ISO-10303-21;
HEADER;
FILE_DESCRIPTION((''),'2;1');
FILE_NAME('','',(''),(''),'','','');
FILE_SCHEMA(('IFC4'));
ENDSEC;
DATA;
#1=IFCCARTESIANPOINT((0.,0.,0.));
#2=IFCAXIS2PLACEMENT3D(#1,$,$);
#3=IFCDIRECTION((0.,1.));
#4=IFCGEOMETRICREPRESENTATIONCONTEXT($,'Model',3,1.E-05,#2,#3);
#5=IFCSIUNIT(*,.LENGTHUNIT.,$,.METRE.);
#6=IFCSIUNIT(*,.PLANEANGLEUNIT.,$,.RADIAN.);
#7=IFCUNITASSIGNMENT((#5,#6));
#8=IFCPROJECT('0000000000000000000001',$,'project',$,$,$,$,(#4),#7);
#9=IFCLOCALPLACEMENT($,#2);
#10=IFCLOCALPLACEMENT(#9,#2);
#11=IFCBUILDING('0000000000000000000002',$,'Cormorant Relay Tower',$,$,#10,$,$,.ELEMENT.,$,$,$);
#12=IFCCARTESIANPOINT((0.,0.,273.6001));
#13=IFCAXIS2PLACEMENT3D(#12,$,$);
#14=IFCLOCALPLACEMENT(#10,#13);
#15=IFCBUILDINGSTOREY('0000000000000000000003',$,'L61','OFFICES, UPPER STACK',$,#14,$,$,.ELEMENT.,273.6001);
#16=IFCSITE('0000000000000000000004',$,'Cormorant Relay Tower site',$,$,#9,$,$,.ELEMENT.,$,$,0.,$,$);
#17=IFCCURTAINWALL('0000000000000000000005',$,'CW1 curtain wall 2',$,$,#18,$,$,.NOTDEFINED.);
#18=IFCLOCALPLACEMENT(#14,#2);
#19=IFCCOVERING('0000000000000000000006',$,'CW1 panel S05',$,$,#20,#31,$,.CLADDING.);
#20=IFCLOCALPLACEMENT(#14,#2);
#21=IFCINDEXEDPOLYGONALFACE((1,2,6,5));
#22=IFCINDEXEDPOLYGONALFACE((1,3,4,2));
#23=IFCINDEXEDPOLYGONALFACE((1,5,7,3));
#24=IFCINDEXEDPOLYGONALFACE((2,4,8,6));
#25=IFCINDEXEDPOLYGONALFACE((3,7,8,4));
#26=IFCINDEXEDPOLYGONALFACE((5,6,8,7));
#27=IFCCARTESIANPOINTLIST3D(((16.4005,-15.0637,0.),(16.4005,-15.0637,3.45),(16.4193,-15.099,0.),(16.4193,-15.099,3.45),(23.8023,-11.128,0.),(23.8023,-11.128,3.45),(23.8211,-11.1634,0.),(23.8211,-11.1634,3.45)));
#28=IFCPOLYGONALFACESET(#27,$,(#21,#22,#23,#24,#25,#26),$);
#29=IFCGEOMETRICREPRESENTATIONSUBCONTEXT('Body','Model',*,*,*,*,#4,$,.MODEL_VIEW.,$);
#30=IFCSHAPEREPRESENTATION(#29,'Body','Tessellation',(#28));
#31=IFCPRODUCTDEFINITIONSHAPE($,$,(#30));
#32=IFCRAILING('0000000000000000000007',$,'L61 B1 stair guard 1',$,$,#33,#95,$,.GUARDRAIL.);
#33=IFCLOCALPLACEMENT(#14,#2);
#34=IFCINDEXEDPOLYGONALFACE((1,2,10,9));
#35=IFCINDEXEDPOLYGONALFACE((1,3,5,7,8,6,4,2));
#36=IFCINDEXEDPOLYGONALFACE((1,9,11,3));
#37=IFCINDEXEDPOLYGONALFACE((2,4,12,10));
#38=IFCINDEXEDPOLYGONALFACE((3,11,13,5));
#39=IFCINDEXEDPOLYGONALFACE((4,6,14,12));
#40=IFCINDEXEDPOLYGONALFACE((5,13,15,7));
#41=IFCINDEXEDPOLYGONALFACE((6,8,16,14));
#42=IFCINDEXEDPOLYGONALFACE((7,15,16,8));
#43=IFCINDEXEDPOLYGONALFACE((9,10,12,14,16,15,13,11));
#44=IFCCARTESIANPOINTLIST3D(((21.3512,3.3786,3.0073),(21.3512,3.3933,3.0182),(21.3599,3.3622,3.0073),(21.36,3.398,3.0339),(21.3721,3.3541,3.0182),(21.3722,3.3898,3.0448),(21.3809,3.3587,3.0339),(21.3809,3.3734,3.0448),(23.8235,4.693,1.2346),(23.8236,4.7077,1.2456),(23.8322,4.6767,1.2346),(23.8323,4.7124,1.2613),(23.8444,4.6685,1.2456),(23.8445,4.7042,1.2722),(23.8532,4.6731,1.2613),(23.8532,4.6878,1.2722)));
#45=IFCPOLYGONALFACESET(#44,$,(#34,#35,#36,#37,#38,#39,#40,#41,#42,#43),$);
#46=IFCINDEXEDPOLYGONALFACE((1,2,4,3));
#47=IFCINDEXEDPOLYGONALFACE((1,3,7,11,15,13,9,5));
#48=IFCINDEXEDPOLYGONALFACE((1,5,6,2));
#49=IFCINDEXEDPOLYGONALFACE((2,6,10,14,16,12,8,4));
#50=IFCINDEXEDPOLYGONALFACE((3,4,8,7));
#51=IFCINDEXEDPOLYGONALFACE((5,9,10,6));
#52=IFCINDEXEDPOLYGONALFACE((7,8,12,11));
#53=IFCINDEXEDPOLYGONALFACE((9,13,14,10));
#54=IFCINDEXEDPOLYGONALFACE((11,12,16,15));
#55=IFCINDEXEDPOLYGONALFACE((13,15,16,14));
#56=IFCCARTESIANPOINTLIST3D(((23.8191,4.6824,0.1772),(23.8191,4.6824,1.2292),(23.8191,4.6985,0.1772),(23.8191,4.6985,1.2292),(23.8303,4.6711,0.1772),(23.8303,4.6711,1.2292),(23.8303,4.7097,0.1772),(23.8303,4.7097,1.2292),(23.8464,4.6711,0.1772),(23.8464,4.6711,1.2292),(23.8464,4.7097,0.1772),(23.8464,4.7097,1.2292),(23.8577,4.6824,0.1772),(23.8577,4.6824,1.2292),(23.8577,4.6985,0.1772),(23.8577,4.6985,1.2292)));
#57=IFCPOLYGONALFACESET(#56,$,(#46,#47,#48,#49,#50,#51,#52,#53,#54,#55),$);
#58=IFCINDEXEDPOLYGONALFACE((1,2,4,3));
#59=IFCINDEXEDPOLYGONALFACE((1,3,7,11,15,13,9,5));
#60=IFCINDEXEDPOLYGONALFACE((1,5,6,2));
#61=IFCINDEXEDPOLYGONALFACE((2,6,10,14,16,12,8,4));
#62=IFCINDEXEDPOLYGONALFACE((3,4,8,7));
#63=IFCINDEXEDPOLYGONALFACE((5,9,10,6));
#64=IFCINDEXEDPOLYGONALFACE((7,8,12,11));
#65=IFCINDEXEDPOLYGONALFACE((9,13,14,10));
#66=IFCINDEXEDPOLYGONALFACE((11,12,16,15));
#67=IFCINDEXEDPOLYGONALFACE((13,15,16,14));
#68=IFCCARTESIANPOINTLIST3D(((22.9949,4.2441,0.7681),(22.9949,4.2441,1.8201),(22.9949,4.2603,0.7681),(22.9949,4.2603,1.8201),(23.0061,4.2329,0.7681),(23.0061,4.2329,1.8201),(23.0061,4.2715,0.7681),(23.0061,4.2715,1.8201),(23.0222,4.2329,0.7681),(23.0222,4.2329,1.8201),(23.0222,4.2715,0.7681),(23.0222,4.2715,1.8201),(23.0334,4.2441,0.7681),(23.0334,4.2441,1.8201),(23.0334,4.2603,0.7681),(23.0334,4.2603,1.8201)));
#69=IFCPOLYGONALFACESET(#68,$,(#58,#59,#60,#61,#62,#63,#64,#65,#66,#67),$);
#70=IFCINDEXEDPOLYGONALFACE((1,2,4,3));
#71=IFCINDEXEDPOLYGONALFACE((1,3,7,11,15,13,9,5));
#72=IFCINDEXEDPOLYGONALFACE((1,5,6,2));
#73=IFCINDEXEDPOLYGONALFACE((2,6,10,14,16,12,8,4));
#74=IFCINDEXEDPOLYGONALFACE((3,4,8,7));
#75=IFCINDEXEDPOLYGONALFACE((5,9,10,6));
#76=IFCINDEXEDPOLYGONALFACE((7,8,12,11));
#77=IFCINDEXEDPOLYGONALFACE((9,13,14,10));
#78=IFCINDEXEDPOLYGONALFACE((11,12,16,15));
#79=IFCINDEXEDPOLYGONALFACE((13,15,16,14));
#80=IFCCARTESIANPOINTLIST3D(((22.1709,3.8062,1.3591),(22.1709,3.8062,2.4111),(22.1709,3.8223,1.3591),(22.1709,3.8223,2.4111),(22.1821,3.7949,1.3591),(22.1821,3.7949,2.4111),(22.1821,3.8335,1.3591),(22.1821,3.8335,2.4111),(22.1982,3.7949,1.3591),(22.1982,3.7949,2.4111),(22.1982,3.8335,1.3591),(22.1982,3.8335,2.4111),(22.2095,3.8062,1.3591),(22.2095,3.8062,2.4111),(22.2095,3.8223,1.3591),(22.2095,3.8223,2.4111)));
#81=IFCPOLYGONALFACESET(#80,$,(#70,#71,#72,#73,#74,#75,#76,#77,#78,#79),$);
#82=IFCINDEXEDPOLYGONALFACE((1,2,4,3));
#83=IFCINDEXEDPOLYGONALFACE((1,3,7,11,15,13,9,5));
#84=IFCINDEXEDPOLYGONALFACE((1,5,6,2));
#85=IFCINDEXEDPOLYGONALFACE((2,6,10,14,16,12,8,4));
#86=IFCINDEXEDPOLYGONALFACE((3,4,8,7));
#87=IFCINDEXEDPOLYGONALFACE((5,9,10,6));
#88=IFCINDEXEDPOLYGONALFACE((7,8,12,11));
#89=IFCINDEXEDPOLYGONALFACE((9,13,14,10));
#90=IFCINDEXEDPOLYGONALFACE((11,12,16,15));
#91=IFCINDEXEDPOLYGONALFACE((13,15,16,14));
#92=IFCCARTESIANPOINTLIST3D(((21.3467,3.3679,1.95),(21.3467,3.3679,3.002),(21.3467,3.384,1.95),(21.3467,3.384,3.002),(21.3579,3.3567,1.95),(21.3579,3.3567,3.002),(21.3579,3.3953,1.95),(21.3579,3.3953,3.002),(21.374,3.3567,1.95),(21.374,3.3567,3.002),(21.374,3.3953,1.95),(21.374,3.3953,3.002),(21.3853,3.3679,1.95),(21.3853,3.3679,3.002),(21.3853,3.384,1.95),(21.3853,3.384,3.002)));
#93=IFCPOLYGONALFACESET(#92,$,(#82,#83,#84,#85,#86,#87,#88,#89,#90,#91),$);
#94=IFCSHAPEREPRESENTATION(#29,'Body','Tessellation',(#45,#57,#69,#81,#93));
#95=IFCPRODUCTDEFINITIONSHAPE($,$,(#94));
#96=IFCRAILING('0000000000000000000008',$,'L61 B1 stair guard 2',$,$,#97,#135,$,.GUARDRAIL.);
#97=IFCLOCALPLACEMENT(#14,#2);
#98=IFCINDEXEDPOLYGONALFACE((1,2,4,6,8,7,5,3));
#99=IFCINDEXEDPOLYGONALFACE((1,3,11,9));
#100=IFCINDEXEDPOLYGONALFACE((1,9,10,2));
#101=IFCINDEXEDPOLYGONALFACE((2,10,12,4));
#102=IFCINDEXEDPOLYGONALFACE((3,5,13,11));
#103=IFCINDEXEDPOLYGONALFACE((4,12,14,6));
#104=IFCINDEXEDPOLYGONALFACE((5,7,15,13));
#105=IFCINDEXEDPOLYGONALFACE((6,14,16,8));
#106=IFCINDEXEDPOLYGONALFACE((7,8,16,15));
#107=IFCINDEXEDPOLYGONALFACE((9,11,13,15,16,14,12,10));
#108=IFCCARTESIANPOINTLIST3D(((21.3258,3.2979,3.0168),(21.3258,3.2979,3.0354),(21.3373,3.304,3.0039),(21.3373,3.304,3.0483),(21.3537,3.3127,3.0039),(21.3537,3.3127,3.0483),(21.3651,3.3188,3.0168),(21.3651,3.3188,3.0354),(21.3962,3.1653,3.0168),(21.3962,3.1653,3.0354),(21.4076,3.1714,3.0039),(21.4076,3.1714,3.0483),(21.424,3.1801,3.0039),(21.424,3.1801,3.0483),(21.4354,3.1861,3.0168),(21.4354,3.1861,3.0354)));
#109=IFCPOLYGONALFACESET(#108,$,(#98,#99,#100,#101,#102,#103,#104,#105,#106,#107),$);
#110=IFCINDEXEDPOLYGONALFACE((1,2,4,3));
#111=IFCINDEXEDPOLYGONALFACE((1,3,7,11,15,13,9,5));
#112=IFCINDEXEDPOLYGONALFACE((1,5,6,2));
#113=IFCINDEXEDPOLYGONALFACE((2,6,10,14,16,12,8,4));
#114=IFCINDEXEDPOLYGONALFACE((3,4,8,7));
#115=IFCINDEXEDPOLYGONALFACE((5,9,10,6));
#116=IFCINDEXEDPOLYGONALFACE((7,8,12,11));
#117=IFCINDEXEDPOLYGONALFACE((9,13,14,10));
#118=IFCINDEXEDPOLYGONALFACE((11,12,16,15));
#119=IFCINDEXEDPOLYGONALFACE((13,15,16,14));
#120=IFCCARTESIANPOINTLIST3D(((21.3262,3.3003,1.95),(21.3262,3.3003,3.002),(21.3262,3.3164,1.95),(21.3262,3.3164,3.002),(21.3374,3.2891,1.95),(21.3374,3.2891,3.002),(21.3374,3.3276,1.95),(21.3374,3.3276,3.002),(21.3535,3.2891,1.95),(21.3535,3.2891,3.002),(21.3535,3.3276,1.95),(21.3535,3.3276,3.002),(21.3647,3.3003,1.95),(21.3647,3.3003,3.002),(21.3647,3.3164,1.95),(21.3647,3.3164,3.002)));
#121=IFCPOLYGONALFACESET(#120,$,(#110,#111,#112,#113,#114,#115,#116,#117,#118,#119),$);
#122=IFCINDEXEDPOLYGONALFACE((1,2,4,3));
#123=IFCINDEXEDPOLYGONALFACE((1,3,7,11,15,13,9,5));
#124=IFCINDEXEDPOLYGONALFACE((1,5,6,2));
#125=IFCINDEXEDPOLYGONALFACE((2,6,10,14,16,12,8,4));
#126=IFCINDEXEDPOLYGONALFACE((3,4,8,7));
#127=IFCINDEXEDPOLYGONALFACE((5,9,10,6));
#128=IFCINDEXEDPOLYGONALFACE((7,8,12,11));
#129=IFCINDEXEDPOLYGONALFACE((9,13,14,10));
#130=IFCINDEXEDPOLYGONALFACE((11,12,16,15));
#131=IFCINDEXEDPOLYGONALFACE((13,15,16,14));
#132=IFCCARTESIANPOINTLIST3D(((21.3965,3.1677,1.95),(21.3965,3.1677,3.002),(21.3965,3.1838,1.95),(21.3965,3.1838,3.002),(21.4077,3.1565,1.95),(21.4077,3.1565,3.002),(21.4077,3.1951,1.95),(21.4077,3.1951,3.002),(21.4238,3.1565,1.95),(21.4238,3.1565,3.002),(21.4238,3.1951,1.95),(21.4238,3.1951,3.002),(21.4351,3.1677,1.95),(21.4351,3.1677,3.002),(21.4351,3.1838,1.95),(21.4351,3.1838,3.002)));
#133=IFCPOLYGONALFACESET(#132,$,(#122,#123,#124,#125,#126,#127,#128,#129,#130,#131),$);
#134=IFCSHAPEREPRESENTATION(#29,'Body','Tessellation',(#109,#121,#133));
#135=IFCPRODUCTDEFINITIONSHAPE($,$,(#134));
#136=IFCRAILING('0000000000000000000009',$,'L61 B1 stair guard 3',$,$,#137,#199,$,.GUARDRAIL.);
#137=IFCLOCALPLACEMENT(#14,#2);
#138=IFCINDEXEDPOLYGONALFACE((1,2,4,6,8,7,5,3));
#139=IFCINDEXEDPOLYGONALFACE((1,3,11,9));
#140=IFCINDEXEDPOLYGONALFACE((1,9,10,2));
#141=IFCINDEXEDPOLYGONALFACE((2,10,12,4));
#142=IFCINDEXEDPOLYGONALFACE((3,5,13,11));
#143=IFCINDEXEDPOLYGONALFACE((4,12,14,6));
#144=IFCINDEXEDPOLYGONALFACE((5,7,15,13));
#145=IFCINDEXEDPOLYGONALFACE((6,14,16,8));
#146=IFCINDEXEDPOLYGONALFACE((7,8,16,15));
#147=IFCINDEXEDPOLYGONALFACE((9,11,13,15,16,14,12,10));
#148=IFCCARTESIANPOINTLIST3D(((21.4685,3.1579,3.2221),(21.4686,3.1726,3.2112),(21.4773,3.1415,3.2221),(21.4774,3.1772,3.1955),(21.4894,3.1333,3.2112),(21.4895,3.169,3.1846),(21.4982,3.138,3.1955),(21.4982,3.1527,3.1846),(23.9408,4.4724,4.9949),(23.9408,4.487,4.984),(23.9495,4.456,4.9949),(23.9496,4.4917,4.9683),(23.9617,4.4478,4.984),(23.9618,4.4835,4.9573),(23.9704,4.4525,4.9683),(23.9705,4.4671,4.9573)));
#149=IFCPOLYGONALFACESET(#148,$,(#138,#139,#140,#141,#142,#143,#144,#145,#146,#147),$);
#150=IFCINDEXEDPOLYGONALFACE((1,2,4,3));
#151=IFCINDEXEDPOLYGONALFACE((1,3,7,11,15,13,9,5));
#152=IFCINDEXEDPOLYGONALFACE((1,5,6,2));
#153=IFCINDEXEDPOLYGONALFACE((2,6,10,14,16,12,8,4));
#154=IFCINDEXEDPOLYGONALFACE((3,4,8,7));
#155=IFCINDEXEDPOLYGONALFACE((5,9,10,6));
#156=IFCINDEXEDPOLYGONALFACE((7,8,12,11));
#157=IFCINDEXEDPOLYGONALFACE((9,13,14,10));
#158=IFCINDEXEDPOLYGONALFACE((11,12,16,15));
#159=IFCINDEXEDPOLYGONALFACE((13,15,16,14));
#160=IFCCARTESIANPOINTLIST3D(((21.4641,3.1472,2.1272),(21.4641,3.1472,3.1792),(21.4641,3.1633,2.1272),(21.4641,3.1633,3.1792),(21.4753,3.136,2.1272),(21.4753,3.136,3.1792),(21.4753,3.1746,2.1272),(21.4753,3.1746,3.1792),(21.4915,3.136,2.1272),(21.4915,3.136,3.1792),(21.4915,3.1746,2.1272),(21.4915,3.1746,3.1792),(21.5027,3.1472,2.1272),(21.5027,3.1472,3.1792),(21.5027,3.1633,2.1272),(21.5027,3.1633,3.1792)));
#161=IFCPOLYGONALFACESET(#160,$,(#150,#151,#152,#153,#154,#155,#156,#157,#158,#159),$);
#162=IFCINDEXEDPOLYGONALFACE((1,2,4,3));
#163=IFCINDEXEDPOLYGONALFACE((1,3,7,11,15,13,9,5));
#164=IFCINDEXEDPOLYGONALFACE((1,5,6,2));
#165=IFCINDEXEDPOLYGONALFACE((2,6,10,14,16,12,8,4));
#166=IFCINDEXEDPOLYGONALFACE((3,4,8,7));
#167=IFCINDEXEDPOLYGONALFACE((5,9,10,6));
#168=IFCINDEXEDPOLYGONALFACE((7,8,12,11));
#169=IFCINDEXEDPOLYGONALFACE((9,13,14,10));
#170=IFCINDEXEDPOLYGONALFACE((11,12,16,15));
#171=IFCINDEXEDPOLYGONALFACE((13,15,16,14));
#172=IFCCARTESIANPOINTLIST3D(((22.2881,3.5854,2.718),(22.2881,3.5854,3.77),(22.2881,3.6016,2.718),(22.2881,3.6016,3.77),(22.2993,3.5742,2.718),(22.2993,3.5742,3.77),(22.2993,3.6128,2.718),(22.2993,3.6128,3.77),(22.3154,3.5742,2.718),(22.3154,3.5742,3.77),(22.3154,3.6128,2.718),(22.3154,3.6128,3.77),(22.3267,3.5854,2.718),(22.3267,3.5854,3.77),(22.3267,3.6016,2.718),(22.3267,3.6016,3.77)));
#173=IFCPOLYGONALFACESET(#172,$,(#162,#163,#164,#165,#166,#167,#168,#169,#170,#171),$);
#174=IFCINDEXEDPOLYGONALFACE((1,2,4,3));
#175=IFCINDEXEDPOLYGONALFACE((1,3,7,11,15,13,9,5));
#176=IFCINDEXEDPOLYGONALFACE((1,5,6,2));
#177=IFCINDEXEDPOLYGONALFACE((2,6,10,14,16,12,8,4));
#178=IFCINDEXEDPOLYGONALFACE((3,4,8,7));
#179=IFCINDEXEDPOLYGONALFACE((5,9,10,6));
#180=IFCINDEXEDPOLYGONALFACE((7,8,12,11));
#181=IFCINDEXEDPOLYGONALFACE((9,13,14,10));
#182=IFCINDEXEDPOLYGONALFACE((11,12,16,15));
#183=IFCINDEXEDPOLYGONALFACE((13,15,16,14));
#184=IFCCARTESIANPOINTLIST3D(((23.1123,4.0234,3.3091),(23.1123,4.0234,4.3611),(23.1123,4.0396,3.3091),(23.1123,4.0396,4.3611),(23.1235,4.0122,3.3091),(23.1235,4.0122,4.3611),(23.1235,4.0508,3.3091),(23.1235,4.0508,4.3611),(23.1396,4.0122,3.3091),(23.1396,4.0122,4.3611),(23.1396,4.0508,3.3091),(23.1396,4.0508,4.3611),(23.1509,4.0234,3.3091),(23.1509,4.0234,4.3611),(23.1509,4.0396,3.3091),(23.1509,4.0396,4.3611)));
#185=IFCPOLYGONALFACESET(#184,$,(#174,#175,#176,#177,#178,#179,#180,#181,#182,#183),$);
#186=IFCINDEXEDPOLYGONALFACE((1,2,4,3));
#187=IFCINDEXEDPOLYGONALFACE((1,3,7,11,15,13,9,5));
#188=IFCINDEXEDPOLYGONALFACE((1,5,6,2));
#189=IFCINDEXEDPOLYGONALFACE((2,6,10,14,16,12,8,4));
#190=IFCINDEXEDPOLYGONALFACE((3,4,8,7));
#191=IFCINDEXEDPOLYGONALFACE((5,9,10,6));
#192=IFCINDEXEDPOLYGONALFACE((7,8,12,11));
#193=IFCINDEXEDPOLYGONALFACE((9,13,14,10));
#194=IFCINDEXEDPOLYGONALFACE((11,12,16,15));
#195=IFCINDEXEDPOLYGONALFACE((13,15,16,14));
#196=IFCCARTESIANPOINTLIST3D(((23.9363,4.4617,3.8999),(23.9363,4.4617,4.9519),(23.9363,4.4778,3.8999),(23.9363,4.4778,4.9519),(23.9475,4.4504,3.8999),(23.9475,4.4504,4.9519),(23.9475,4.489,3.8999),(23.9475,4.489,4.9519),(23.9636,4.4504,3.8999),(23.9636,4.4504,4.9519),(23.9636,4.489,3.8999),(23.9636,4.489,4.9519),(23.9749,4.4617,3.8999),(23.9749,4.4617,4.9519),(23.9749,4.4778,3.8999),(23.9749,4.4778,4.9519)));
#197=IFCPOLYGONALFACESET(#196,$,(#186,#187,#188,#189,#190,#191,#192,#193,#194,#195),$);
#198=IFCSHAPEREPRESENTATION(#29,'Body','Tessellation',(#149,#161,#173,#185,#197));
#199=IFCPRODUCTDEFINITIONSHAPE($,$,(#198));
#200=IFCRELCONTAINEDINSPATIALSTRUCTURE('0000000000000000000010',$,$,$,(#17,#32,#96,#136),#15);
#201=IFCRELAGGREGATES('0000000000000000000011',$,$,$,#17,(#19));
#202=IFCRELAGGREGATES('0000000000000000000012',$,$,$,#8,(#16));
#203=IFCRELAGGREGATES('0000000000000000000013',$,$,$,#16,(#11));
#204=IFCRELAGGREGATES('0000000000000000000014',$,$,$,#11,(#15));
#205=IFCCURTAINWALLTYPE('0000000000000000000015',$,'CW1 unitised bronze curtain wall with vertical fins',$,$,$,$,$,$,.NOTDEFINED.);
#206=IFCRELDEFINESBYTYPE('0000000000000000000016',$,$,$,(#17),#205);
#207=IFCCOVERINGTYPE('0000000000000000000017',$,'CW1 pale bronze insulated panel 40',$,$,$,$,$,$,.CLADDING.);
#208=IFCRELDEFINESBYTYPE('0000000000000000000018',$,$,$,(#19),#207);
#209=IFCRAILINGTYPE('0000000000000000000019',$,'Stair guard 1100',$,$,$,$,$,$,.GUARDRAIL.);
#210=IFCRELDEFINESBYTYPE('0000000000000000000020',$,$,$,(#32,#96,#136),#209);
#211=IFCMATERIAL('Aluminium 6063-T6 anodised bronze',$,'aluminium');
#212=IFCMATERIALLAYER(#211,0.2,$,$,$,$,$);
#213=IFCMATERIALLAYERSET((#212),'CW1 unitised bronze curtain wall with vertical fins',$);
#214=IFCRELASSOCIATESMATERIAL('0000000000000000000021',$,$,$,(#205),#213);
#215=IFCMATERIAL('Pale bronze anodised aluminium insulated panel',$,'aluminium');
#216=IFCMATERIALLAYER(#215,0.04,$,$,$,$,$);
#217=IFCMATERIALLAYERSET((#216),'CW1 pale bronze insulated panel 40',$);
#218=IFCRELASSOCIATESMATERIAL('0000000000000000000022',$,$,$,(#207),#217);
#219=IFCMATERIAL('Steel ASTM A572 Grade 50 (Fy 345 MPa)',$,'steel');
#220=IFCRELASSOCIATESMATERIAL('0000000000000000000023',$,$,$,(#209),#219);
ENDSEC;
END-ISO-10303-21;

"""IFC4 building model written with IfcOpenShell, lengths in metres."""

from ifc_helpers import new_model, si_unit, direction, frame, origin, origin_2d, place, context, subcontext, project, spatial, polyline, rectangle, outline, extrude, material, layer, layer_set, type_object, element, aggregate, save


model = new_model("IFC4")

# Units and contexts
model_context = context("Model", 3, precision=1e-05, world=origin(), true_north=direction((0.0, 1.0)))
body_context = subcontext(model_context, "Body", "Model", "MODEL_VIEW")
ifc_project = project(units=[si_unit("LENGTHUNIT", "METRE"), si_unit("PLANEANGLEUNIT", "RADIAN")], contexts=[model_context])

# Site, building, storey
site_placement = place(None, origin())
site = spatial("IfcSite", under=ifc_project, at=site_placement, Name="Cormorant Relay Tower site", CompositionType="ELEMENT", RefElevation=0.0)
building_placement = place(site_placement, origin())
building = spatial("IfcBuilding", under=site, at=building_placement, Name="Cormorant Relay Tower", CompositionType="ELEMENT")
storey_placement = place(building_placement, frame((0.0, 0.0, 273.6001)))
storey = spatial("IfcBuildingStorey", under=building, at=storey_placement, Name="L61", Description="OFFICES, UPPER STACK", CompositionType="ELEMENT", Elevation=273.6001)

# Curtain wall
ifc_material_1 = material(Name="Aluminium 6063-T6 anodised bronze", Category="aluminium")
ifc_layer_1 = layer(ifc_material_1, 0.2)
ifc_layer_set_1 = layer_set([ifc_layer_1], Name="CW1 unitised bronze curtain wall with vertical fins")
curtain_wall_type = type_object("IfcCurtainWallType", Name="CW1 unitised bronze curtain wall with vertical fins", PredefinedType="NOTDEFINED", material=ifc_layer_set_1)
curtain_wall_placement = place(storey_placement, origin())
curtain_wall = element("IfcCurtainWall", 1, at=curtain_wall_placement, inside=storey, type_object=curtain_wall_type, Name="CW1 curtain wall 2", PredefinedType="NOTDEFINED")

# Covering
ifc_material_2 = material(Name="Pale bronze anodised aluminium insulated panel", Category="aluminium")
ifc_layer_2 = layer(ifc_material_2, 0.04)
ifc_layer_set_2 = layer_set([ifc_layer_2], Name="CW1 pale bronze insulated panel 40")
covering_type = type_object("IfcCoveringType", Name="CW1 pale bronze insulated panel 40", PredefinedType="CLADDING", material=ifc_layer_set_2)
covering_placement = place(storey_placement, frame((20.1108, -13.1135, 0.0), z_axis=(0.0, 0.0, 1.0), x_axis=(0.882948, 0.469472, 0.0)))
covering = element("IfcCovering", 2, at=covering_placement, type_object=covering_type, Name="CW1 panel S05", PredefinedType="CLADDING", context=body_context, shape_type="SweptSolid", body=[
    extrude(rectangle(XDim=8.3831, YDim=0.04, at=origin_2d()), origin(), (0.0, 0.0, 1.0), 3.45),
])
aggregate(curtain_wall, [covering])

# Railings
ifc_material_3 = material(Name="Steel ASTM A572 Grade 50 (Fy 345 MPa)", Category="steel")
railing_type_1 = type_object("IfcRailingType", Name="Stair guard 1100", PredefinedType="GUARDRAIL", material=ifc_material_3)
railing_1_placement = place(storey_placement, frame((23.8384, 4.6904, 0.1772)))
element("IfcRailing", 3, at=railing_1_placement, inside=storey, type_object=railing_type_1, Name="L61 B1 stair guard 1", PredefinedType="GUARDRAIL", context=body_context, shape_type="SweptSolid", body=[
    extrude(outline(polyline([(0.0222, 0.0093), (0.0093, 0.0222), (-0.0093, 0.0222), (-0.0222, 0.0093), (-0.0222, -0.0093), (-0.0093, -0.0222), (0.0093, -0.0222), (0.0222, -0.0093), (0.0222, 0.0093)])), frame((0.0, 0.0, 1.0762), z_axis=(-0.746034, -0.396627, 0.534902), x_axis=(0.469429, -0.88297, 0.0)), (0.0, 0.0, 1.0), 3.314),
    extrude(outline(polyline([(0.0193, 0.0081), (0.0081, 0.0193), (-0.0081, 0.0193), (-0.0193, 0.0081), (-0.0193, -0.0081), (-0.0081, -0.0193), (0.0081, -0.0193), (0.0193, -0.0081), (0.0193, 0.0081)])), origin(), (0.0, 0.0, 1.0), 1.052),
    extrude(outline(polyline([(0.0193, 0.0081), (0.0081, 0.0193), (-0.0081, 0.0193), (-0.0193, 0.0081), (-0.0193, -0.0081), (-0.0081, -0.0193), (0.0081, -0.0193), (0.0193, -0.0081), (0.0193, 0.0081)])), frame((-0.8242, -0.4382, 0.5908)), (0.0, 0.0, 1.0), 1.052),
    extrude(outline(polyline([(0.0193, 0.0081), (0.0081, 0.0193), (-0.0081, 0.0193), (-0.0193, 0.0081), (-0.0193, -0.0081), (-0.0081, -0.0193), (0.0081, -0.0193), (0.0193, -0.0081), (0.0193, 0.0081)])), frame((-1.6482, -0.8762, 1.1819)), (0.0, 0.0, 1.0), 1.052),
    extrude(outline(polyline([(0.0193, 0.0081), (0.0081, 0.0193), (-0.0081, 0.0193), (-0.0193, 0.0081), (-0.0193, -0.0081), (-0.0081, -0.0193), (0.0081, -0.0193), (0.0193, -0.0081), (0.0193, 0.0081)])), frame((-2.4724, -1.3145, 1.7727)), (0.0, 0.0, 1.0), 1.052),
])
railing_2_placement = place(storey_placement, frame((21.3455, 3.3083, 1.95)))
element("IfcRailing", 4, at=railing_2_placement, inside=storey, type_object=railing_type_1, Name="L61 B1 stair guard 2", PredefinedType="GUARDRAIL", context=body_context, shape_type="SweptSolid", body=[
    extrude(outline(polyline([(0.0222, 0.0093), (0.0093, 0.0222), (-0.0093, 0.0222), (-0.0222, 0.0093), (-0.0222, -0.0093), (-0.0093, -0.0222), (0.0093, -0.0222), (0.0222, -0.0093), (0.0222, 0.0093)])), frame((0.0, 0.0, 1.0762), z_axis=(0.46856, -0.883431, 0.0), x_axis=(0.883431, 0.46856, 0.0)), (0.0, 0.0, 1.0), 0.1501),
    extrude(outline(polyline([(0.0193, 0.0081), (0.0081, 0.0193), (-0.0081, 0.0193), (-0.0193, 0.0081), (-0.0193, -0.0081), (-0.0081, -0.0193), (0.0081, -0.0193), (0.0193, -0.0081), (0.0193, 0.0081)])), origin(), (0.0, 0.0, 1.0), 1.052),
    extrude(outline(polyline([(0.0193, 0.0081), (0.0081, 0.0193), (-0.0081, 0.0193), (-0.0193, 0.0081), (-0.0193, -0.0081), (-0.0081, -0.0193), (0.0081, -0.0193), (0.0193, -0.0081), (0.0193, 0.0081)])), frame((0.0703, -0.1326, 0.0)), (0.0, 0.0, 1.0), 1.052),
])
railing_3_placement = place(storey_placement, frame((21.4834, 3.1553, 2.1272)))
element("IfcRailing", 5, at=railing_3_placement, inside=storey, type_object=railing_type_1, Name="L61 B1 stair guard 3", PredefinedType="GUARDRAIL", context=body_context, shape_type="SweptSolid", body=[
    extrude(outline(polyline([(0.0222, 0.0093), (0.0093, 0.0222), (-0.0093, 0.0222), (-0.0222, 0.0093), (-0.0222, -0.0093), (-0.0093, -0.0222), (0.0093, -0.0222), (0.0222, -0.0093), (0.0222, 0.0093)])), frame((0.0, 0.0, 1.0762), z_axis=(0.746001, 0.396649, 0.534931), x_axis=(-0.469465, 0.882951, 0.0)), (0.0, 0.0, 1.0), 3.314),
    extrude(outline(polyline([(0.0193, 0.0081), (0.0081, 0.0193), (-0.0081, 0.0193), (-0.0193, 0.0081), (-0.0193, -0.0081), (-0.0081, -0.0193), (0.0081, -0.0193), (0.0193, -0.0081), (0.0193, 0.0081)])), origin(), (0.0, 0.0, 1.0), 1.052),
    extrude(outline(polyline([(0.0193, 0.0081), (0.0081, 0.0193), (-0.0081, 0.0193), (-0.0193, 0.0081), (-0.0193, -0.0081), (-0.0081, -0.0193), (0.0081, -0.0193), (0.0193, -0.0081), (0.0193, 0.0081)])), frame((0.824, 0.4382, 0.5908)), (0.0, 0.0, 1.0), 1.052),
    extrude(outline(polyline([(0.0193, 0.0081), (0.0081, 0.0193), (-0.0081, 0.0193), (-0.0193, 0.0081), (-0.0193, -0.0081), (-0.0081, -0.0193), (0.0081, -0.0193), (0.0193, -0.0081), (0.0193, 0.0081)])), frame((1.6482, 0.8762, 1.1819)), (0.0, 0.0, 1.0), 1.052),
    extrude(outline(polyline([(0.0193, 0.0081), (0.0081, 0.0193), (-0.0081, 0.0193), (-0.0193, 0.0081), (-0.0193, -0.0081), (-0.0081, -0.0193), (0.0081, -0.0193), (0.0193, -0.0081), (0.0193, 0.0081)])), frame((2.4722, 1.3145, 1.7727)), (0.0, 0.0, 1.0), 1.052),
])

save(model, "model.ifc")
